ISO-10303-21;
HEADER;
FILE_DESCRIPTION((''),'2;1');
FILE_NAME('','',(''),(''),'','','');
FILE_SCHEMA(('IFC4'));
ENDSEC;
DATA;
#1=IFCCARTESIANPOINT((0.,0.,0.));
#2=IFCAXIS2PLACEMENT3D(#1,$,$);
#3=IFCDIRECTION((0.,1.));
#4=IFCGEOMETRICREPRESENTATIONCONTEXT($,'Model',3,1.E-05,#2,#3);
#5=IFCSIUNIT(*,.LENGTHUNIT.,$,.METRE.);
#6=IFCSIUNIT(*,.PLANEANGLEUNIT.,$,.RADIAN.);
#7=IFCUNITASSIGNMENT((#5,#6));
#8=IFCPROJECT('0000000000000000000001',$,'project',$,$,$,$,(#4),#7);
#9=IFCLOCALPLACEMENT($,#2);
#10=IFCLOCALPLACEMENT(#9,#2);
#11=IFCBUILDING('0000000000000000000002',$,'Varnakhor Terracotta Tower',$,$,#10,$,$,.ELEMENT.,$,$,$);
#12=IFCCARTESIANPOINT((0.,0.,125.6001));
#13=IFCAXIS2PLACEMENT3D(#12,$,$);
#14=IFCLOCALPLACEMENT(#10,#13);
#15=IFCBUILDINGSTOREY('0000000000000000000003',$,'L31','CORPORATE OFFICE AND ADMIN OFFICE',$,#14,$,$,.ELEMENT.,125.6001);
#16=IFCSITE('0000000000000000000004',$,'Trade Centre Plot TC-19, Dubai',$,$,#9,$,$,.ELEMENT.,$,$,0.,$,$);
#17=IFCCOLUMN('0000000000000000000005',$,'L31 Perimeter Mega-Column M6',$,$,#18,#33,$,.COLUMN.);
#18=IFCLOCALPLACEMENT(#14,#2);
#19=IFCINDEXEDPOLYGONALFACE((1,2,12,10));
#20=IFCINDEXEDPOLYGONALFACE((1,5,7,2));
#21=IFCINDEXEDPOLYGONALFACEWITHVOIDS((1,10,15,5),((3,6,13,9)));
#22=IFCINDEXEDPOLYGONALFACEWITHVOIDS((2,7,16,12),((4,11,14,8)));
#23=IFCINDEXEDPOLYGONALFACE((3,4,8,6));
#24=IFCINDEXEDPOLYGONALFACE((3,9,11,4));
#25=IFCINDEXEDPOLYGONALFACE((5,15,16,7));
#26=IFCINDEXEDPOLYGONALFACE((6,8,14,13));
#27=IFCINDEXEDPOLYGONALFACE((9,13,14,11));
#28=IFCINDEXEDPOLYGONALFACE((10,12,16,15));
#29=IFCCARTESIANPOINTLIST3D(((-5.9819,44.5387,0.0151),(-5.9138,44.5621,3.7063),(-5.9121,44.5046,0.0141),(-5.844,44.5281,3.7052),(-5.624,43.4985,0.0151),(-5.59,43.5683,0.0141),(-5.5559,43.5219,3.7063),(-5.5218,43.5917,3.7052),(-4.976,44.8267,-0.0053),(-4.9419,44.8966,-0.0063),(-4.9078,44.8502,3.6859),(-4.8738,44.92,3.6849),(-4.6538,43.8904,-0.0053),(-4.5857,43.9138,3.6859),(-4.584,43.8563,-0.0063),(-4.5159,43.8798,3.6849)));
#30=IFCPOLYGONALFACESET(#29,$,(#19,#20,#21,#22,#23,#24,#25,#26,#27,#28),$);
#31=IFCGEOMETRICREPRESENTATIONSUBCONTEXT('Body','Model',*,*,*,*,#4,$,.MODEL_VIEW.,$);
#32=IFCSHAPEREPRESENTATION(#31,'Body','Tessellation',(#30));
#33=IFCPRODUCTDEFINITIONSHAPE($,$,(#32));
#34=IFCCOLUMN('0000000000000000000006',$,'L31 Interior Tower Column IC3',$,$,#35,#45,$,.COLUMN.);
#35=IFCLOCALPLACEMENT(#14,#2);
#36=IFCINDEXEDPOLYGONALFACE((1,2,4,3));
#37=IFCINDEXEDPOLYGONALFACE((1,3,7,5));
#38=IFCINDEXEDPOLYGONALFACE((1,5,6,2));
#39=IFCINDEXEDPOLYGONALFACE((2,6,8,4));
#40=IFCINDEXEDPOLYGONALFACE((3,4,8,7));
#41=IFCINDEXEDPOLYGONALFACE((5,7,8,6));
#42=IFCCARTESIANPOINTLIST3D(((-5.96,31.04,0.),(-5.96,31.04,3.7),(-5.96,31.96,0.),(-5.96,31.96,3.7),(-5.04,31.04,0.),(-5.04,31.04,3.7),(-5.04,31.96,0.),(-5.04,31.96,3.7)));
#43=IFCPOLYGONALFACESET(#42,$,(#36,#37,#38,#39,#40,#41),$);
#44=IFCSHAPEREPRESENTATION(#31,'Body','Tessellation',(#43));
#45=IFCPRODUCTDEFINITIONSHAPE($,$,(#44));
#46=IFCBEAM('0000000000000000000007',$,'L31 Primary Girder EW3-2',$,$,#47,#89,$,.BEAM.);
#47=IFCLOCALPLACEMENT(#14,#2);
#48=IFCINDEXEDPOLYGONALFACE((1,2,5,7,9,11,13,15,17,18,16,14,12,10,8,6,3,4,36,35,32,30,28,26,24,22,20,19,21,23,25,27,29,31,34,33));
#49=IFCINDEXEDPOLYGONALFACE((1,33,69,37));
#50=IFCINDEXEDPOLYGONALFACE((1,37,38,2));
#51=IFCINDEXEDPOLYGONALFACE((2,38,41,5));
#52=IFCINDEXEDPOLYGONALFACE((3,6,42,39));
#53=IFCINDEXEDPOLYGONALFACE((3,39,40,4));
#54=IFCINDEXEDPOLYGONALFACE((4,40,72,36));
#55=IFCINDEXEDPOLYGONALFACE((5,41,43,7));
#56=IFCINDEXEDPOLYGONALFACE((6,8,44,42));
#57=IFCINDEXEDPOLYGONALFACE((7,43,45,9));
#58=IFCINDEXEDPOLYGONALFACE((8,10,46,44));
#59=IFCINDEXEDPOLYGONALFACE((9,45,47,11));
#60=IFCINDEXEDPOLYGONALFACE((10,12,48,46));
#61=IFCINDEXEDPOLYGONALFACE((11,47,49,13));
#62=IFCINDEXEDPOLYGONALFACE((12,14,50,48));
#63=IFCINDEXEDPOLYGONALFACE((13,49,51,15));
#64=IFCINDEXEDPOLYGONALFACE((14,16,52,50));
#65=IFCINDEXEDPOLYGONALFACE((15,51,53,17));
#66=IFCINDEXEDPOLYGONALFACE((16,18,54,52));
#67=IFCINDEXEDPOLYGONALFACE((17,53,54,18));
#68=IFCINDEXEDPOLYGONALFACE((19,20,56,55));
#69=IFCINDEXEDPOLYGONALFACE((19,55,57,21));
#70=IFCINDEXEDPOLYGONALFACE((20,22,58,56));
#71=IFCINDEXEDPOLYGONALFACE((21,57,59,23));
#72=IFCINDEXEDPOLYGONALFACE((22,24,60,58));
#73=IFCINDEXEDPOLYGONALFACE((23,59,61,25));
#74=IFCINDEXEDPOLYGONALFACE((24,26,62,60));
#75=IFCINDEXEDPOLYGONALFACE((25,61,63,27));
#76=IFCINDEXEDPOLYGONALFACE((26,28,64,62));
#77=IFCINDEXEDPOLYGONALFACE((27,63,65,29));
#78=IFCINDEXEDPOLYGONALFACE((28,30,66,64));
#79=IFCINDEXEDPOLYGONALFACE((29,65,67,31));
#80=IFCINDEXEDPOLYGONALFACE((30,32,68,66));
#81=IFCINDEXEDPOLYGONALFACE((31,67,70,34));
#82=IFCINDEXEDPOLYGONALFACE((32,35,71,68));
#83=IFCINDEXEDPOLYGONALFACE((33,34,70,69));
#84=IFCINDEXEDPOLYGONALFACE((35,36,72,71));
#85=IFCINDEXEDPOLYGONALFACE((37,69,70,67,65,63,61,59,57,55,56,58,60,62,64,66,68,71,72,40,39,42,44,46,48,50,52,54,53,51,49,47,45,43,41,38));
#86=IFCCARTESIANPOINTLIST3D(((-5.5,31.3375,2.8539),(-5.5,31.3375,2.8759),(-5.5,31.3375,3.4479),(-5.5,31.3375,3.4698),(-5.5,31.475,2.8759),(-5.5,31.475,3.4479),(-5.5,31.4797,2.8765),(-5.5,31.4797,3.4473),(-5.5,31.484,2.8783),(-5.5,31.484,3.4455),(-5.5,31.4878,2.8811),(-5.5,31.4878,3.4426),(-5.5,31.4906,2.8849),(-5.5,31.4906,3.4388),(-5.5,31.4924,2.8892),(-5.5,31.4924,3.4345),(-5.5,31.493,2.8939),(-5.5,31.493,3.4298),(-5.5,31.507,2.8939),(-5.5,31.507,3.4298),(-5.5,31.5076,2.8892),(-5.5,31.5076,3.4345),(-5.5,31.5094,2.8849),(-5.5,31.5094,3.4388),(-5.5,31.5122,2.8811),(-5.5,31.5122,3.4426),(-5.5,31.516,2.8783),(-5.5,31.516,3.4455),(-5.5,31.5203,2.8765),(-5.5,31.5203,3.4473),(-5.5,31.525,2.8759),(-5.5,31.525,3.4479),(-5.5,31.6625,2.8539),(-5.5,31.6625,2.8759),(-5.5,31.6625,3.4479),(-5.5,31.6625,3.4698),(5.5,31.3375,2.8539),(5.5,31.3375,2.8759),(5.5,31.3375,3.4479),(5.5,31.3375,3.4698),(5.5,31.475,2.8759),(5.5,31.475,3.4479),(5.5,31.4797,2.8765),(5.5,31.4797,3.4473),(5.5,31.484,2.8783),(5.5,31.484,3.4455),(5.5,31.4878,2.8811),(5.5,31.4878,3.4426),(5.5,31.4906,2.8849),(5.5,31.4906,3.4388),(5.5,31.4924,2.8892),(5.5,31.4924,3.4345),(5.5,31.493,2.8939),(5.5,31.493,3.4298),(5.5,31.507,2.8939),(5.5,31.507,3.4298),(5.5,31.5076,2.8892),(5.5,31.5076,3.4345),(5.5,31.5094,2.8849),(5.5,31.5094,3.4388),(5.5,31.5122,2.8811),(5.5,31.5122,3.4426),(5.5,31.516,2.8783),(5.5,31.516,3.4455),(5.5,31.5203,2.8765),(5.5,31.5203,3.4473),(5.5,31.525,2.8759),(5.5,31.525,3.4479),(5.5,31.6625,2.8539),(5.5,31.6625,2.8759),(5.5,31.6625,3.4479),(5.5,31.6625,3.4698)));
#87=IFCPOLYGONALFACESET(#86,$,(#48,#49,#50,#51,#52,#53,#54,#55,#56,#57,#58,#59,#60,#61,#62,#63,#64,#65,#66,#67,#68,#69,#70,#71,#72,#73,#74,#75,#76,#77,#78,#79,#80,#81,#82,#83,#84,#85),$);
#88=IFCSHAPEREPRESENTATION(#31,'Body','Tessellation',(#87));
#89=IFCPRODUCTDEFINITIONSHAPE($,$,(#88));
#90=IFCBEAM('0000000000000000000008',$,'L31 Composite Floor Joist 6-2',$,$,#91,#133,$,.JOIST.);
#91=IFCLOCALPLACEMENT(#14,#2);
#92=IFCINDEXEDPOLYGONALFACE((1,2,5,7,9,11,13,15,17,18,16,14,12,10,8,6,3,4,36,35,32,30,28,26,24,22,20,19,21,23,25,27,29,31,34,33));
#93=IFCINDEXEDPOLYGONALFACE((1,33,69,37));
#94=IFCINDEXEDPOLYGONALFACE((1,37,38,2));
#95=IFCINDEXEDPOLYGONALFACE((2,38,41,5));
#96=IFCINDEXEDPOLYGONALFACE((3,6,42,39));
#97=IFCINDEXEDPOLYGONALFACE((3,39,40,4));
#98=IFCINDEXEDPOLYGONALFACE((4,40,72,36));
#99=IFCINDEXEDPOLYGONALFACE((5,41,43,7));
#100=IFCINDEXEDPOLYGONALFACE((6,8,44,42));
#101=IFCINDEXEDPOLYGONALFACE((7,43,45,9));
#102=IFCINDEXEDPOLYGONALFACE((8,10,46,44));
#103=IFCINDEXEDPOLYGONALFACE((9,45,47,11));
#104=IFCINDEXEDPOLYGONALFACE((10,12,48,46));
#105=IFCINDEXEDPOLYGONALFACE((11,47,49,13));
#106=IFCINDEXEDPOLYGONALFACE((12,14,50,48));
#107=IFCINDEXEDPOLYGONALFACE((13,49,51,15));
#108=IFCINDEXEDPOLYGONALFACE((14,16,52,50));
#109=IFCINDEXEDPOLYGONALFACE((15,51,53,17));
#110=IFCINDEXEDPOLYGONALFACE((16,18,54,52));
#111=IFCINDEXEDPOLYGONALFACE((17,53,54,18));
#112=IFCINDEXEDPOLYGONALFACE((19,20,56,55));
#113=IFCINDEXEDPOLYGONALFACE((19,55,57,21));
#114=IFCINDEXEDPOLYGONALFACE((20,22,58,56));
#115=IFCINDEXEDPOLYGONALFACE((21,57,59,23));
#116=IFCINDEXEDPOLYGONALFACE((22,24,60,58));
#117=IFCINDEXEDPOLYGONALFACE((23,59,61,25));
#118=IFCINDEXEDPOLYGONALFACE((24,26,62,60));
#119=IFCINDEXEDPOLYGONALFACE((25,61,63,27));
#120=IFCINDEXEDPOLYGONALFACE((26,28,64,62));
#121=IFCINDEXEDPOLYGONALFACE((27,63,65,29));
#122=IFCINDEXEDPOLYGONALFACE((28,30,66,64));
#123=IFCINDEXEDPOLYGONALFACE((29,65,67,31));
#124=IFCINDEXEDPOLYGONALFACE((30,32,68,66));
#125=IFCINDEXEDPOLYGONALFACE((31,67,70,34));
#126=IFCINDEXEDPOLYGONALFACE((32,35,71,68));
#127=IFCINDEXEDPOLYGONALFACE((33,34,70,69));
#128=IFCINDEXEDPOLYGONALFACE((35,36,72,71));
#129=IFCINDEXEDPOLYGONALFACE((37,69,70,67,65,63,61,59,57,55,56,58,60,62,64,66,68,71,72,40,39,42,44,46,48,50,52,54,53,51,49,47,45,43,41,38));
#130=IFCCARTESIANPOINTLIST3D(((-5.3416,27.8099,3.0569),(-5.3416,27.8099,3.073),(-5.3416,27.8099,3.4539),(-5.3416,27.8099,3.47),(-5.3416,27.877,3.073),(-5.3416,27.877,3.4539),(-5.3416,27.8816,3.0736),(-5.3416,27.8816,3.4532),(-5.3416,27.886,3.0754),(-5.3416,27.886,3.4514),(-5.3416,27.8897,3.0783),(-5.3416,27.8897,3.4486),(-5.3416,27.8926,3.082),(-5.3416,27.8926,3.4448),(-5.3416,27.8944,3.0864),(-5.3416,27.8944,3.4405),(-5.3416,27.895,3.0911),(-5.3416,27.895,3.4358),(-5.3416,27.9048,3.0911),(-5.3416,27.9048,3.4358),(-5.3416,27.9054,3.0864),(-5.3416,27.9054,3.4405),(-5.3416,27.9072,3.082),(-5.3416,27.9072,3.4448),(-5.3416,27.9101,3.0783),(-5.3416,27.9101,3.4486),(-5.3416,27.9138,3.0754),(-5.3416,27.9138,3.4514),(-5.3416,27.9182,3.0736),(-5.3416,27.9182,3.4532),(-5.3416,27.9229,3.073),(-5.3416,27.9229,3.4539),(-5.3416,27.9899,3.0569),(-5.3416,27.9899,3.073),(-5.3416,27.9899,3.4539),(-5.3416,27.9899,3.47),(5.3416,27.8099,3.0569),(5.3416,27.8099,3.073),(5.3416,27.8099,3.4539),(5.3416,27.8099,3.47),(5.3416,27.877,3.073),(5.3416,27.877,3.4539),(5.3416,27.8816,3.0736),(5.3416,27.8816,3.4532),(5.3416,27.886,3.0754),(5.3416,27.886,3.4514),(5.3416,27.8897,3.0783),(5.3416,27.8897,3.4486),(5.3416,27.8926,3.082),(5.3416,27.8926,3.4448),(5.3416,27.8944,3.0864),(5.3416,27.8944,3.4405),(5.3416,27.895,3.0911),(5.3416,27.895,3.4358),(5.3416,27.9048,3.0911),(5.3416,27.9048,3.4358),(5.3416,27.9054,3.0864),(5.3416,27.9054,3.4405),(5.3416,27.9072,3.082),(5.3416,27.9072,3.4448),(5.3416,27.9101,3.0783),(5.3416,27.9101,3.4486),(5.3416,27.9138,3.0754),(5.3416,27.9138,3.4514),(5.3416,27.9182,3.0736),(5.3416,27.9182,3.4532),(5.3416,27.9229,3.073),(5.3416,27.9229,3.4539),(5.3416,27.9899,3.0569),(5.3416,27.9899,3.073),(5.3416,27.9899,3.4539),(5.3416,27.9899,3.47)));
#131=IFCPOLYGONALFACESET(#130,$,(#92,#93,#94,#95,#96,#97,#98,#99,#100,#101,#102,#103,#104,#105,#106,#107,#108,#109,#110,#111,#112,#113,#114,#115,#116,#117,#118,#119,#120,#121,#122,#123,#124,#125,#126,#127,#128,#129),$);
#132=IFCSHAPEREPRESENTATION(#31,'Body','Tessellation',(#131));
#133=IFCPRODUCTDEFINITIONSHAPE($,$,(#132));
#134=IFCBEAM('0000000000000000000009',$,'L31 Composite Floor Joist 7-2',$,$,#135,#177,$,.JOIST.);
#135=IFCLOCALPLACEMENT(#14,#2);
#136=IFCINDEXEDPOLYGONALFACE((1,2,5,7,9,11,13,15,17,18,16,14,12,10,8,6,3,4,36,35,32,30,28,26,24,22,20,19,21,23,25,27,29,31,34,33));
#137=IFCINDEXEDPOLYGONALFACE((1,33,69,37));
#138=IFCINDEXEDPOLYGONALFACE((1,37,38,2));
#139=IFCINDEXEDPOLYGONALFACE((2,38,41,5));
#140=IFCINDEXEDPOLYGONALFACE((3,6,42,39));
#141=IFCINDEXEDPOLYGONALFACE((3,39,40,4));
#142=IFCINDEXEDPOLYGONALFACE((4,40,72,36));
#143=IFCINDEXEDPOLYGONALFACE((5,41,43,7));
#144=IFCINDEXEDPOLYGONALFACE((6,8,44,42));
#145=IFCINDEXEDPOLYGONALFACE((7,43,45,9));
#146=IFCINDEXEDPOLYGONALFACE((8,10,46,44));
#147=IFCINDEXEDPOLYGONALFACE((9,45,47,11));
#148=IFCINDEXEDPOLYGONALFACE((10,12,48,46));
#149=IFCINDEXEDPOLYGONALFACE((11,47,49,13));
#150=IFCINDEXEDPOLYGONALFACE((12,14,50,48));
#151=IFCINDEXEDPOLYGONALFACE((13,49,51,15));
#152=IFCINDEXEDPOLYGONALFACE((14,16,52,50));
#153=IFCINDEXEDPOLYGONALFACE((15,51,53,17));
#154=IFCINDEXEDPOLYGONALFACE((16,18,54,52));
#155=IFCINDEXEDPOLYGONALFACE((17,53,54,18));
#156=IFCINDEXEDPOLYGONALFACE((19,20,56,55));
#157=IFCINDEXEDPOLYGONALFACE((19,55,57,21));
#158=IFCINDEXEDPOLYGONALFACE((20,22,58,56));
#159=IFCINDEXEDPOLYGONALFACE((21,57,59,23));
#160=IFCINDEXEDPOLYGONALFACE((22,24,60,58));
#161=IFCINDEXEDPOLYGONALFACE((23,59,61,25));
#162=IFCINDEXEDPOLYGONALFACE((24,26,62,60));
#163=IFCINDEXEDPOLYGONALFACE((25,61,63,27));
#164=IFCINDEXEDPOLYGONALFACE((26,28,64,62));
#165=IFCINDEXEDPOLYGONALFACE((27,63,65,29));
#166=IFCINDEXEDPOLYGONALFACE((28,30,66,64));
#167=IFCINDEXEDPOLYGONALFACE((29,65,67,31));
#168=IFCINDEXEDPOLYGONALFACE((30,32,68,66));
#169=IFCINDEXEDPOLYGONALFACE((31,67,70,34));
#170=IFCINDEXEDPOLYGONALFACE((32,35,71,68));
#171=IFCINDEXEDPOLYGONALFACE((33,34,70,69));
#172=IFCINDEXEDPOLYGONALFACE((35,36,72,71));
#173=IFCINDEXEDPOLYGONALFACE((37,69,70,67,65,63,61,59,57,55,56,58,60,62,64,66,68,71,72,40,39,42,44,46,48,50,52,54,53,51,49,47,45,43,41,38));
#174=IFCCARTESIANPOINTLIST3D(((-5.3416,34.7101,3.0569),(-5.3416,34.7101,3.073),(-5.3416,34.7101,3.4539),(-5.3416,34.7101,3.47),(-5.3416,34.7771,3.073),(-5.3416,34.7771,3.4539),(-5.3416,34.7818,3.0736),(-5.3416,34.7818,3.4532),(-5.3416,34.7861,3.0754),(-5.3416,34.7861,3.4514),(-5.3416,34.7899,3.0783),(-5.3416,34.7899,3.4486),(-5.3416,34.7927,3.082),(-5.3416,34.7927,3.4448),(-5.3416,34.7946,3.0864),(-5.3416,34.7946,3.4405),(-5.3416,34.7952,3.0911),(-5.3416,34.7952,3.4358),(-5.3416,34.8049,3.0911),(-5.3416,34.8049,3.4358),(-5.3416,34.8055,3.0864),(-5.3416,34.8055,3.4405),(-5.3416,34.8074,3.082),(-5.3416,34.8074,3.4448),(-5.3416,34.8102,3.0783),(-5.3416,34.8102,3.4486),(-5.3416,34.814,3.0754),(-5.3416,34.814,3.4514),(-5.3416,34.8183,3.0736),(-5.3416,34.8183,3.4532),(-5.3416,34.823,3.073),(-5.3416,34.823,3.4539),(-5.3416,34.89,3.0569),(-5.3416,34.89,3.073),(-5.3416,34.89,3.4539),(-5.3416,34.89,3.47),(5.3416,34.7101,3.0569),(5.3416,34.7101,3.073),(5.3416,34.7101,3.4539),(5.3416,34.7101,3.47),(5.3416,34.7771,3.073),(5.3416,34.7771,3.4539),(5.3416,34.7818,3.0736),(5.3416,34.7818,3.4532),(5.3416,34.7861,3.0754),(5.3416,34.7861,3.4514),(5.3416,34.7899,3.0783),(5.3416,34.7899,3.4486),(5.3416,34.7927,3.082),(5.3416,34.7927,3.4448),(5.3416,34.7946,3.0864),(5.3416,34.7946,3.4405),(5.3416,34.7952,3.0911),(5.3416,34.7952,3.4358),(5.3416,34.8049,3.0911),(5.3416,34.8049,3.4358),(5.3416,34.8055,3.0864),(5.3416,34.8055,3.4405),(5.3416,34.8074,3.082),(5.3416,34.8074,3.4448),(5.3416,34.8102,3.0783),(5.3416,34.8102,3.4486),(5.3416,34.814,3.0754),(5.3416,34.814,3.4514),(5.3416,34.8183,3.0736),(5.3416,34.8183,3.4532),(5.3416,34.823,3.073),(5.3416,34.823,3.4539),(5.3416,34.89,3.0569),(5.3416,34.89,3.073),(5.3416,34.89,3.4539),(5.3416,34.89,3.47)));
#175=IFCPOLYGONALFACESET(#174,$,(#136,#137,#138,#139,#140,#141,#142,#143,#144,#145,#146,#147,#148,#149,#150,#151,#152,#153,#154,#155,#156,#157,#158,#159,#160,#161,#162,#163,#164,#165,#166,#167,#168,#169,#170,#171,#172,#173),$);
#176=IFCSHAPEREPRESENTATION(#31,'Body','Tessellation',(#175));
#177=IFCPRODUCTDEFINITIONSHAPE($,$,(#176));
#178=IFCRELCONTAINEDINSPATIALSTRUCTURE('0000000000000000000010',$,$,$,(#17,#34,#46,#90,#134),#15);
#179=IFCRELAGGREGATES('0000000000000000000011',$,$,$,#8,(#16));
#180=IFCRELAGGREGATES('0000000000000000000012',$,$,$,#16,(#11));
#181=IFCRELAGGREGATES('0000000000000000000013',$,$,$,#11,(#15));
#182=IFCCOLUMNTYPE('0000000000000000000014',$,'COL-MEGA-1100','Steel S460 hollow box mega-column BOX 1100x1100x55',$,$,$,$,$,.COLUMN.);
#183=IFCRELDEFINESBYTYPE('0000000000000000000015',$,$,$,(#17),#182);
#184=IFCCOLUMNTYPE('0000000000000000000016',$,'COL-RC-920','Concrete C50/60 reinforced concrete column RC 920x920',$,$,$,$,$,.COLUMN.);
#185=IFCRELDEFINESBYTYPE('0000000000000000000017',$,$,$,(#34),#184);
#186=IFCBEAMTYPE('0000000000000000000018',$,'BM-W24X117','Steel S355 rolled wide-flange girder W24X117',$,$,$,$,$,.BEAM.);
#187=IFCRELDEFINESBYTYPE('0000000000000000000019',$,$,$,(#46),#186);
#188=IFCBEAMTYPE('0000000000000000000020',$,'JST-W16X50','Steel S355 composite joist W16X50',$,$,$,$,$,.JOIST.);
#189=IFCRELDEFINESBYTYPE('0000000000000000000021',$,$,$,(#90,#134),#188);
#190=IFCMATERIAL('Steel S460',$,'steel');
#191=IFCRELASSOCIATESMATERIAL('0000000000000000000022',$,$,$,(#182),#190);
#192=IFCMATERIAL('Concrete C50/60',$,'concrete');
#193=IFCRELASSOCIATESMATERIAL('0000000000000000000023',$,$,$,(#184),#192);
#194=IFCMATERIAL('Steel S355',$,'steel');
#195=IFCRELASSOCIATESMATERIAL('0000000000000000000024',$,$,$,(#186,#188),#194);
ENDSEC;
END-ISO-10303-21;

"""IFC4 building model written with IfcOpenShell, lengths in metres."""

from ifc_helpers import new_model, si_unit, direction, frame, origin, origin_2d, place, context, subcontext, project, spatial, rectangle, hollow_rectangle, i_section, extrude, source, transform, mapped, material, material_profile, profile_set, type_object, element, save


model = new_model("IFC4")

# Units and contexts
model_context = context("Model", 3, precision=1e-05, world=origin(), true_north=direction((0.0, 1.0)))
body_context = subcontext(model_context, "Body", "Model", "MODEL_VIEW")
ifc_project = project(units=[si_unit("LENGTHUNIT", "METRE"), si_unit("PLANEANGLEUNIT", "RADIAN")], contexts=[model_context])

# Site, building, storey
site_placement = place(None, origin())
site = spatial("IfcSite", under=ifc_project, at=site_placement, Name="Trade Centre Plot TC-19, Dubai", CompositionType="ELEMENT", RefElevation=0.0)
building_placement = place(site_placement, origin())
building = spatial("IfcBuilding", under=site, at=building_placement, Name="Varnakhor Terracotta Tower", CompositionType="ELEMENT")
storey_placement = place(building_placement, frame((0.0, 0.0, 125.6001)))
storey = spatial("IfcBuildingStorey", under=building, at=storey_placement, Name="L31", Description="CORPORATE OFFICE AND ADMIN OFFICE", CompositionType="ELEMENT", Elevation=125.6001)

# Columns
ifc_material_1 = material(Name="Steel S460", Category="steel")
ifc_material_profile_1 = material_profile(ifc_material_1, hollow_rectangle(XDim=1.1001, YDim=1.1001, WallThickness=0.0549, at=origin_2d()), Name="BOX 1100x1100x55")
ifc_profile_set_1 = profile_set([ifc_material_profile_1], Name="Steel S460")
column_type_1 = type_object("IfcColumnType", Name="COL-MEGA-1100", Description="Steel S460 hollow box mega-column BOX 1100x1100x55", PredefinedType="COLUMN", material=ifc_profile_set_1)
shared_shape_1 = source(origin(), body_context, "Body", "SweptSolid", [
    extrude(hollow_rectangle(XDim=1.1001, YDim=1.1001, WallThickness=0.0549, at=origin_2d()), origin(), (0.0, 0.0, 1.0), 3.6919),
])
column_1_placement = place(storey_placement, frame((-5.283, 44.1975, 0.0044), z_axis=(0.01845, 0.006348, 0.99981), x_axis=(-0.325364, 0.945589, 0.0)))
element("IfcColumn", 1, at=column_1_placement, inside=storey, type_object=column_type_1, Name="L31 Perimeter Mega-Column M6", PredefinedType="COLUMN", context=body_context, shape_type="MappedRepresentation", body=[
    mapped(shared_shape_1, transform((0.0, 0.0, 0.0), scale=1.0)),
])
ifc_material_2 = material(Name="Concrete C50/60", Category="concrete")
ifc_material_profile_2 = material_profile(ifc_material_2, rectangle(XDim=0.9199, YDim=0.9199, at=origin_2d()), Name="RC 920x920")
ifc_profile_set_2 = profile_set([ifc_material_profile_2], Name="Concrete C50/60")
column_type_2 = type_object("IfcColumnType", Name="COL-RC-920", Description="Concrete C50/60 reinforced concrete column RC 920x920", PredefinedType="COLUMN", material=ifc_profile_set_2)
shared_shape_2 = source(origin(), body_context, "Body", "SweptSolid", [
    extrude(rectangle(XDim=0.9199, YDim=0.9199, at=origin_2d()), origin(), (0.0, 0.0, 1.0), 3.7),
])
column_2_placement = place(storey_placement, frame((-5.5, 31.5, 0.0), z_axis=(0.0, 0.0, 1.0), x_axis=(1.0, 0.0, 0.0)))
element("IfcColumn", 2, at=column_2_placement, inside=storey, type_object=column_type_2, Name="L31 Interior Tower Column IC3", PredefinedType="COLUMN", context=body_context, shape_type="MappedRepresentation", body=[
    mapped(shared_shape_2, transform((0.0, 0.0, 0.0), scale=1.0)),
])

# Beams
ifc_material_3 = material(Name="Steel S355", Category="steel")
ifc_material_profile_3 = material_profile(ifc_material_3, i_section(OverallWidth=0.325, OverallDepth=0.616, WebThickness=0.0139, FlangeThickness=0.022, FilletRadius=0.0181, at=origin_2d()), Name="W24X117")
ifc_profile_set_3 = profile_set([ifc_material_profile_3], Name="Steel S355")
beam_type_1 = type_object("IfcBeamType", Name="BM-W24X117", Description="Steel S355 rolled wide-flange girder W24X117", PredefinedType="BEAM", material=ifc_profile_set_3)
shared_shape_3 = source(origin(), body_context, "Body", "SweptSolid", [
    extrude(i_section(OverallWidth=0.325, OverallDepth=0.616, WebThickness=0.0139, FlangeThickness=0.022, FilletRadius=0.0181, at=origin_2d()), origin(), (0.0, 0.0, 1.0), 11.0),
])
beam_1_placement = place(storey_placement, frame((-5.5, 31.5, 3.1619), z_axis=(1.0, 0.0, 0.0), x_axis=(0.0, 1.0, 0.0)))
element("IfcBeam", 3, at=beam_1_placement, inside=storey, type_object=beam_type_1, Name="L31 Primary Girder EW3-2", PredefinedType="BEAM", context=body_context, shape_type="MappedRepresentation", body=[
    mapped(shared_shape_3, transform((0.0, 0.0, 0.0), scale=1.0)),
])
ifc_material_profile_4 = material_profile(ifc_material_3, i_section(OverallWidth=0.1799, OverallDepth=0.4131, WebThickness=0.0098, FlangeThickness=0.0161, FilletRadius=0.0181, at=origin_2d()), Name="W16X50")
ifc_profile_set_4 = profile_set([ifc_material_profile_4], Name="Steel S355")
beam_type_2 = type_object("IfcBeamType", Name="JST-W16X50", Description="Steel S355 composite joist W16X50", PredefinedType="JOIST", material=ifc_profile_set_4)
shared_shape_4 = source(origin(), body_context, "Body", "SweptSolid", [
    extrude(i_section(OverallWidth=0.1799, OverallDepth=0.4131, WebThickness=0.0098, FlangeThickness=0.0161, FilletRadius=0.0181, at=origin_2d()), origin(), (0.0, 0.0, 1.0), 10.6831),
])
for number, where, z_axis, x_axis, name in (
    (4, (-5.3416, 27.8999, 3.2634), (1.0, 0.0, 0.0), (0.0, 1.0, 0.0), "L31 Composite Floor Joist 6-2"),
    (5, (-5.3416, 34.8, 3.2634), (1.0, 0.0, 0.0), (0.0, 1.0, 0.0), "L31 Composite Floor Joist 7-2"),
):
    element("IfcBeam", number, at=place(storey_placement, frame(where, z_axis=z_axis, x_axis=x_axis)), inside=storey, type_object=beam_type_2, Name=name, PredefinedType="JOIST", context=body_context, shape_type="MappedRepresentation", body=[
        mapped(shared_shape_4, transform((0.0, 0.0, 0.0), scale=1.0)),
    ])

save(model, "model.ifc")
